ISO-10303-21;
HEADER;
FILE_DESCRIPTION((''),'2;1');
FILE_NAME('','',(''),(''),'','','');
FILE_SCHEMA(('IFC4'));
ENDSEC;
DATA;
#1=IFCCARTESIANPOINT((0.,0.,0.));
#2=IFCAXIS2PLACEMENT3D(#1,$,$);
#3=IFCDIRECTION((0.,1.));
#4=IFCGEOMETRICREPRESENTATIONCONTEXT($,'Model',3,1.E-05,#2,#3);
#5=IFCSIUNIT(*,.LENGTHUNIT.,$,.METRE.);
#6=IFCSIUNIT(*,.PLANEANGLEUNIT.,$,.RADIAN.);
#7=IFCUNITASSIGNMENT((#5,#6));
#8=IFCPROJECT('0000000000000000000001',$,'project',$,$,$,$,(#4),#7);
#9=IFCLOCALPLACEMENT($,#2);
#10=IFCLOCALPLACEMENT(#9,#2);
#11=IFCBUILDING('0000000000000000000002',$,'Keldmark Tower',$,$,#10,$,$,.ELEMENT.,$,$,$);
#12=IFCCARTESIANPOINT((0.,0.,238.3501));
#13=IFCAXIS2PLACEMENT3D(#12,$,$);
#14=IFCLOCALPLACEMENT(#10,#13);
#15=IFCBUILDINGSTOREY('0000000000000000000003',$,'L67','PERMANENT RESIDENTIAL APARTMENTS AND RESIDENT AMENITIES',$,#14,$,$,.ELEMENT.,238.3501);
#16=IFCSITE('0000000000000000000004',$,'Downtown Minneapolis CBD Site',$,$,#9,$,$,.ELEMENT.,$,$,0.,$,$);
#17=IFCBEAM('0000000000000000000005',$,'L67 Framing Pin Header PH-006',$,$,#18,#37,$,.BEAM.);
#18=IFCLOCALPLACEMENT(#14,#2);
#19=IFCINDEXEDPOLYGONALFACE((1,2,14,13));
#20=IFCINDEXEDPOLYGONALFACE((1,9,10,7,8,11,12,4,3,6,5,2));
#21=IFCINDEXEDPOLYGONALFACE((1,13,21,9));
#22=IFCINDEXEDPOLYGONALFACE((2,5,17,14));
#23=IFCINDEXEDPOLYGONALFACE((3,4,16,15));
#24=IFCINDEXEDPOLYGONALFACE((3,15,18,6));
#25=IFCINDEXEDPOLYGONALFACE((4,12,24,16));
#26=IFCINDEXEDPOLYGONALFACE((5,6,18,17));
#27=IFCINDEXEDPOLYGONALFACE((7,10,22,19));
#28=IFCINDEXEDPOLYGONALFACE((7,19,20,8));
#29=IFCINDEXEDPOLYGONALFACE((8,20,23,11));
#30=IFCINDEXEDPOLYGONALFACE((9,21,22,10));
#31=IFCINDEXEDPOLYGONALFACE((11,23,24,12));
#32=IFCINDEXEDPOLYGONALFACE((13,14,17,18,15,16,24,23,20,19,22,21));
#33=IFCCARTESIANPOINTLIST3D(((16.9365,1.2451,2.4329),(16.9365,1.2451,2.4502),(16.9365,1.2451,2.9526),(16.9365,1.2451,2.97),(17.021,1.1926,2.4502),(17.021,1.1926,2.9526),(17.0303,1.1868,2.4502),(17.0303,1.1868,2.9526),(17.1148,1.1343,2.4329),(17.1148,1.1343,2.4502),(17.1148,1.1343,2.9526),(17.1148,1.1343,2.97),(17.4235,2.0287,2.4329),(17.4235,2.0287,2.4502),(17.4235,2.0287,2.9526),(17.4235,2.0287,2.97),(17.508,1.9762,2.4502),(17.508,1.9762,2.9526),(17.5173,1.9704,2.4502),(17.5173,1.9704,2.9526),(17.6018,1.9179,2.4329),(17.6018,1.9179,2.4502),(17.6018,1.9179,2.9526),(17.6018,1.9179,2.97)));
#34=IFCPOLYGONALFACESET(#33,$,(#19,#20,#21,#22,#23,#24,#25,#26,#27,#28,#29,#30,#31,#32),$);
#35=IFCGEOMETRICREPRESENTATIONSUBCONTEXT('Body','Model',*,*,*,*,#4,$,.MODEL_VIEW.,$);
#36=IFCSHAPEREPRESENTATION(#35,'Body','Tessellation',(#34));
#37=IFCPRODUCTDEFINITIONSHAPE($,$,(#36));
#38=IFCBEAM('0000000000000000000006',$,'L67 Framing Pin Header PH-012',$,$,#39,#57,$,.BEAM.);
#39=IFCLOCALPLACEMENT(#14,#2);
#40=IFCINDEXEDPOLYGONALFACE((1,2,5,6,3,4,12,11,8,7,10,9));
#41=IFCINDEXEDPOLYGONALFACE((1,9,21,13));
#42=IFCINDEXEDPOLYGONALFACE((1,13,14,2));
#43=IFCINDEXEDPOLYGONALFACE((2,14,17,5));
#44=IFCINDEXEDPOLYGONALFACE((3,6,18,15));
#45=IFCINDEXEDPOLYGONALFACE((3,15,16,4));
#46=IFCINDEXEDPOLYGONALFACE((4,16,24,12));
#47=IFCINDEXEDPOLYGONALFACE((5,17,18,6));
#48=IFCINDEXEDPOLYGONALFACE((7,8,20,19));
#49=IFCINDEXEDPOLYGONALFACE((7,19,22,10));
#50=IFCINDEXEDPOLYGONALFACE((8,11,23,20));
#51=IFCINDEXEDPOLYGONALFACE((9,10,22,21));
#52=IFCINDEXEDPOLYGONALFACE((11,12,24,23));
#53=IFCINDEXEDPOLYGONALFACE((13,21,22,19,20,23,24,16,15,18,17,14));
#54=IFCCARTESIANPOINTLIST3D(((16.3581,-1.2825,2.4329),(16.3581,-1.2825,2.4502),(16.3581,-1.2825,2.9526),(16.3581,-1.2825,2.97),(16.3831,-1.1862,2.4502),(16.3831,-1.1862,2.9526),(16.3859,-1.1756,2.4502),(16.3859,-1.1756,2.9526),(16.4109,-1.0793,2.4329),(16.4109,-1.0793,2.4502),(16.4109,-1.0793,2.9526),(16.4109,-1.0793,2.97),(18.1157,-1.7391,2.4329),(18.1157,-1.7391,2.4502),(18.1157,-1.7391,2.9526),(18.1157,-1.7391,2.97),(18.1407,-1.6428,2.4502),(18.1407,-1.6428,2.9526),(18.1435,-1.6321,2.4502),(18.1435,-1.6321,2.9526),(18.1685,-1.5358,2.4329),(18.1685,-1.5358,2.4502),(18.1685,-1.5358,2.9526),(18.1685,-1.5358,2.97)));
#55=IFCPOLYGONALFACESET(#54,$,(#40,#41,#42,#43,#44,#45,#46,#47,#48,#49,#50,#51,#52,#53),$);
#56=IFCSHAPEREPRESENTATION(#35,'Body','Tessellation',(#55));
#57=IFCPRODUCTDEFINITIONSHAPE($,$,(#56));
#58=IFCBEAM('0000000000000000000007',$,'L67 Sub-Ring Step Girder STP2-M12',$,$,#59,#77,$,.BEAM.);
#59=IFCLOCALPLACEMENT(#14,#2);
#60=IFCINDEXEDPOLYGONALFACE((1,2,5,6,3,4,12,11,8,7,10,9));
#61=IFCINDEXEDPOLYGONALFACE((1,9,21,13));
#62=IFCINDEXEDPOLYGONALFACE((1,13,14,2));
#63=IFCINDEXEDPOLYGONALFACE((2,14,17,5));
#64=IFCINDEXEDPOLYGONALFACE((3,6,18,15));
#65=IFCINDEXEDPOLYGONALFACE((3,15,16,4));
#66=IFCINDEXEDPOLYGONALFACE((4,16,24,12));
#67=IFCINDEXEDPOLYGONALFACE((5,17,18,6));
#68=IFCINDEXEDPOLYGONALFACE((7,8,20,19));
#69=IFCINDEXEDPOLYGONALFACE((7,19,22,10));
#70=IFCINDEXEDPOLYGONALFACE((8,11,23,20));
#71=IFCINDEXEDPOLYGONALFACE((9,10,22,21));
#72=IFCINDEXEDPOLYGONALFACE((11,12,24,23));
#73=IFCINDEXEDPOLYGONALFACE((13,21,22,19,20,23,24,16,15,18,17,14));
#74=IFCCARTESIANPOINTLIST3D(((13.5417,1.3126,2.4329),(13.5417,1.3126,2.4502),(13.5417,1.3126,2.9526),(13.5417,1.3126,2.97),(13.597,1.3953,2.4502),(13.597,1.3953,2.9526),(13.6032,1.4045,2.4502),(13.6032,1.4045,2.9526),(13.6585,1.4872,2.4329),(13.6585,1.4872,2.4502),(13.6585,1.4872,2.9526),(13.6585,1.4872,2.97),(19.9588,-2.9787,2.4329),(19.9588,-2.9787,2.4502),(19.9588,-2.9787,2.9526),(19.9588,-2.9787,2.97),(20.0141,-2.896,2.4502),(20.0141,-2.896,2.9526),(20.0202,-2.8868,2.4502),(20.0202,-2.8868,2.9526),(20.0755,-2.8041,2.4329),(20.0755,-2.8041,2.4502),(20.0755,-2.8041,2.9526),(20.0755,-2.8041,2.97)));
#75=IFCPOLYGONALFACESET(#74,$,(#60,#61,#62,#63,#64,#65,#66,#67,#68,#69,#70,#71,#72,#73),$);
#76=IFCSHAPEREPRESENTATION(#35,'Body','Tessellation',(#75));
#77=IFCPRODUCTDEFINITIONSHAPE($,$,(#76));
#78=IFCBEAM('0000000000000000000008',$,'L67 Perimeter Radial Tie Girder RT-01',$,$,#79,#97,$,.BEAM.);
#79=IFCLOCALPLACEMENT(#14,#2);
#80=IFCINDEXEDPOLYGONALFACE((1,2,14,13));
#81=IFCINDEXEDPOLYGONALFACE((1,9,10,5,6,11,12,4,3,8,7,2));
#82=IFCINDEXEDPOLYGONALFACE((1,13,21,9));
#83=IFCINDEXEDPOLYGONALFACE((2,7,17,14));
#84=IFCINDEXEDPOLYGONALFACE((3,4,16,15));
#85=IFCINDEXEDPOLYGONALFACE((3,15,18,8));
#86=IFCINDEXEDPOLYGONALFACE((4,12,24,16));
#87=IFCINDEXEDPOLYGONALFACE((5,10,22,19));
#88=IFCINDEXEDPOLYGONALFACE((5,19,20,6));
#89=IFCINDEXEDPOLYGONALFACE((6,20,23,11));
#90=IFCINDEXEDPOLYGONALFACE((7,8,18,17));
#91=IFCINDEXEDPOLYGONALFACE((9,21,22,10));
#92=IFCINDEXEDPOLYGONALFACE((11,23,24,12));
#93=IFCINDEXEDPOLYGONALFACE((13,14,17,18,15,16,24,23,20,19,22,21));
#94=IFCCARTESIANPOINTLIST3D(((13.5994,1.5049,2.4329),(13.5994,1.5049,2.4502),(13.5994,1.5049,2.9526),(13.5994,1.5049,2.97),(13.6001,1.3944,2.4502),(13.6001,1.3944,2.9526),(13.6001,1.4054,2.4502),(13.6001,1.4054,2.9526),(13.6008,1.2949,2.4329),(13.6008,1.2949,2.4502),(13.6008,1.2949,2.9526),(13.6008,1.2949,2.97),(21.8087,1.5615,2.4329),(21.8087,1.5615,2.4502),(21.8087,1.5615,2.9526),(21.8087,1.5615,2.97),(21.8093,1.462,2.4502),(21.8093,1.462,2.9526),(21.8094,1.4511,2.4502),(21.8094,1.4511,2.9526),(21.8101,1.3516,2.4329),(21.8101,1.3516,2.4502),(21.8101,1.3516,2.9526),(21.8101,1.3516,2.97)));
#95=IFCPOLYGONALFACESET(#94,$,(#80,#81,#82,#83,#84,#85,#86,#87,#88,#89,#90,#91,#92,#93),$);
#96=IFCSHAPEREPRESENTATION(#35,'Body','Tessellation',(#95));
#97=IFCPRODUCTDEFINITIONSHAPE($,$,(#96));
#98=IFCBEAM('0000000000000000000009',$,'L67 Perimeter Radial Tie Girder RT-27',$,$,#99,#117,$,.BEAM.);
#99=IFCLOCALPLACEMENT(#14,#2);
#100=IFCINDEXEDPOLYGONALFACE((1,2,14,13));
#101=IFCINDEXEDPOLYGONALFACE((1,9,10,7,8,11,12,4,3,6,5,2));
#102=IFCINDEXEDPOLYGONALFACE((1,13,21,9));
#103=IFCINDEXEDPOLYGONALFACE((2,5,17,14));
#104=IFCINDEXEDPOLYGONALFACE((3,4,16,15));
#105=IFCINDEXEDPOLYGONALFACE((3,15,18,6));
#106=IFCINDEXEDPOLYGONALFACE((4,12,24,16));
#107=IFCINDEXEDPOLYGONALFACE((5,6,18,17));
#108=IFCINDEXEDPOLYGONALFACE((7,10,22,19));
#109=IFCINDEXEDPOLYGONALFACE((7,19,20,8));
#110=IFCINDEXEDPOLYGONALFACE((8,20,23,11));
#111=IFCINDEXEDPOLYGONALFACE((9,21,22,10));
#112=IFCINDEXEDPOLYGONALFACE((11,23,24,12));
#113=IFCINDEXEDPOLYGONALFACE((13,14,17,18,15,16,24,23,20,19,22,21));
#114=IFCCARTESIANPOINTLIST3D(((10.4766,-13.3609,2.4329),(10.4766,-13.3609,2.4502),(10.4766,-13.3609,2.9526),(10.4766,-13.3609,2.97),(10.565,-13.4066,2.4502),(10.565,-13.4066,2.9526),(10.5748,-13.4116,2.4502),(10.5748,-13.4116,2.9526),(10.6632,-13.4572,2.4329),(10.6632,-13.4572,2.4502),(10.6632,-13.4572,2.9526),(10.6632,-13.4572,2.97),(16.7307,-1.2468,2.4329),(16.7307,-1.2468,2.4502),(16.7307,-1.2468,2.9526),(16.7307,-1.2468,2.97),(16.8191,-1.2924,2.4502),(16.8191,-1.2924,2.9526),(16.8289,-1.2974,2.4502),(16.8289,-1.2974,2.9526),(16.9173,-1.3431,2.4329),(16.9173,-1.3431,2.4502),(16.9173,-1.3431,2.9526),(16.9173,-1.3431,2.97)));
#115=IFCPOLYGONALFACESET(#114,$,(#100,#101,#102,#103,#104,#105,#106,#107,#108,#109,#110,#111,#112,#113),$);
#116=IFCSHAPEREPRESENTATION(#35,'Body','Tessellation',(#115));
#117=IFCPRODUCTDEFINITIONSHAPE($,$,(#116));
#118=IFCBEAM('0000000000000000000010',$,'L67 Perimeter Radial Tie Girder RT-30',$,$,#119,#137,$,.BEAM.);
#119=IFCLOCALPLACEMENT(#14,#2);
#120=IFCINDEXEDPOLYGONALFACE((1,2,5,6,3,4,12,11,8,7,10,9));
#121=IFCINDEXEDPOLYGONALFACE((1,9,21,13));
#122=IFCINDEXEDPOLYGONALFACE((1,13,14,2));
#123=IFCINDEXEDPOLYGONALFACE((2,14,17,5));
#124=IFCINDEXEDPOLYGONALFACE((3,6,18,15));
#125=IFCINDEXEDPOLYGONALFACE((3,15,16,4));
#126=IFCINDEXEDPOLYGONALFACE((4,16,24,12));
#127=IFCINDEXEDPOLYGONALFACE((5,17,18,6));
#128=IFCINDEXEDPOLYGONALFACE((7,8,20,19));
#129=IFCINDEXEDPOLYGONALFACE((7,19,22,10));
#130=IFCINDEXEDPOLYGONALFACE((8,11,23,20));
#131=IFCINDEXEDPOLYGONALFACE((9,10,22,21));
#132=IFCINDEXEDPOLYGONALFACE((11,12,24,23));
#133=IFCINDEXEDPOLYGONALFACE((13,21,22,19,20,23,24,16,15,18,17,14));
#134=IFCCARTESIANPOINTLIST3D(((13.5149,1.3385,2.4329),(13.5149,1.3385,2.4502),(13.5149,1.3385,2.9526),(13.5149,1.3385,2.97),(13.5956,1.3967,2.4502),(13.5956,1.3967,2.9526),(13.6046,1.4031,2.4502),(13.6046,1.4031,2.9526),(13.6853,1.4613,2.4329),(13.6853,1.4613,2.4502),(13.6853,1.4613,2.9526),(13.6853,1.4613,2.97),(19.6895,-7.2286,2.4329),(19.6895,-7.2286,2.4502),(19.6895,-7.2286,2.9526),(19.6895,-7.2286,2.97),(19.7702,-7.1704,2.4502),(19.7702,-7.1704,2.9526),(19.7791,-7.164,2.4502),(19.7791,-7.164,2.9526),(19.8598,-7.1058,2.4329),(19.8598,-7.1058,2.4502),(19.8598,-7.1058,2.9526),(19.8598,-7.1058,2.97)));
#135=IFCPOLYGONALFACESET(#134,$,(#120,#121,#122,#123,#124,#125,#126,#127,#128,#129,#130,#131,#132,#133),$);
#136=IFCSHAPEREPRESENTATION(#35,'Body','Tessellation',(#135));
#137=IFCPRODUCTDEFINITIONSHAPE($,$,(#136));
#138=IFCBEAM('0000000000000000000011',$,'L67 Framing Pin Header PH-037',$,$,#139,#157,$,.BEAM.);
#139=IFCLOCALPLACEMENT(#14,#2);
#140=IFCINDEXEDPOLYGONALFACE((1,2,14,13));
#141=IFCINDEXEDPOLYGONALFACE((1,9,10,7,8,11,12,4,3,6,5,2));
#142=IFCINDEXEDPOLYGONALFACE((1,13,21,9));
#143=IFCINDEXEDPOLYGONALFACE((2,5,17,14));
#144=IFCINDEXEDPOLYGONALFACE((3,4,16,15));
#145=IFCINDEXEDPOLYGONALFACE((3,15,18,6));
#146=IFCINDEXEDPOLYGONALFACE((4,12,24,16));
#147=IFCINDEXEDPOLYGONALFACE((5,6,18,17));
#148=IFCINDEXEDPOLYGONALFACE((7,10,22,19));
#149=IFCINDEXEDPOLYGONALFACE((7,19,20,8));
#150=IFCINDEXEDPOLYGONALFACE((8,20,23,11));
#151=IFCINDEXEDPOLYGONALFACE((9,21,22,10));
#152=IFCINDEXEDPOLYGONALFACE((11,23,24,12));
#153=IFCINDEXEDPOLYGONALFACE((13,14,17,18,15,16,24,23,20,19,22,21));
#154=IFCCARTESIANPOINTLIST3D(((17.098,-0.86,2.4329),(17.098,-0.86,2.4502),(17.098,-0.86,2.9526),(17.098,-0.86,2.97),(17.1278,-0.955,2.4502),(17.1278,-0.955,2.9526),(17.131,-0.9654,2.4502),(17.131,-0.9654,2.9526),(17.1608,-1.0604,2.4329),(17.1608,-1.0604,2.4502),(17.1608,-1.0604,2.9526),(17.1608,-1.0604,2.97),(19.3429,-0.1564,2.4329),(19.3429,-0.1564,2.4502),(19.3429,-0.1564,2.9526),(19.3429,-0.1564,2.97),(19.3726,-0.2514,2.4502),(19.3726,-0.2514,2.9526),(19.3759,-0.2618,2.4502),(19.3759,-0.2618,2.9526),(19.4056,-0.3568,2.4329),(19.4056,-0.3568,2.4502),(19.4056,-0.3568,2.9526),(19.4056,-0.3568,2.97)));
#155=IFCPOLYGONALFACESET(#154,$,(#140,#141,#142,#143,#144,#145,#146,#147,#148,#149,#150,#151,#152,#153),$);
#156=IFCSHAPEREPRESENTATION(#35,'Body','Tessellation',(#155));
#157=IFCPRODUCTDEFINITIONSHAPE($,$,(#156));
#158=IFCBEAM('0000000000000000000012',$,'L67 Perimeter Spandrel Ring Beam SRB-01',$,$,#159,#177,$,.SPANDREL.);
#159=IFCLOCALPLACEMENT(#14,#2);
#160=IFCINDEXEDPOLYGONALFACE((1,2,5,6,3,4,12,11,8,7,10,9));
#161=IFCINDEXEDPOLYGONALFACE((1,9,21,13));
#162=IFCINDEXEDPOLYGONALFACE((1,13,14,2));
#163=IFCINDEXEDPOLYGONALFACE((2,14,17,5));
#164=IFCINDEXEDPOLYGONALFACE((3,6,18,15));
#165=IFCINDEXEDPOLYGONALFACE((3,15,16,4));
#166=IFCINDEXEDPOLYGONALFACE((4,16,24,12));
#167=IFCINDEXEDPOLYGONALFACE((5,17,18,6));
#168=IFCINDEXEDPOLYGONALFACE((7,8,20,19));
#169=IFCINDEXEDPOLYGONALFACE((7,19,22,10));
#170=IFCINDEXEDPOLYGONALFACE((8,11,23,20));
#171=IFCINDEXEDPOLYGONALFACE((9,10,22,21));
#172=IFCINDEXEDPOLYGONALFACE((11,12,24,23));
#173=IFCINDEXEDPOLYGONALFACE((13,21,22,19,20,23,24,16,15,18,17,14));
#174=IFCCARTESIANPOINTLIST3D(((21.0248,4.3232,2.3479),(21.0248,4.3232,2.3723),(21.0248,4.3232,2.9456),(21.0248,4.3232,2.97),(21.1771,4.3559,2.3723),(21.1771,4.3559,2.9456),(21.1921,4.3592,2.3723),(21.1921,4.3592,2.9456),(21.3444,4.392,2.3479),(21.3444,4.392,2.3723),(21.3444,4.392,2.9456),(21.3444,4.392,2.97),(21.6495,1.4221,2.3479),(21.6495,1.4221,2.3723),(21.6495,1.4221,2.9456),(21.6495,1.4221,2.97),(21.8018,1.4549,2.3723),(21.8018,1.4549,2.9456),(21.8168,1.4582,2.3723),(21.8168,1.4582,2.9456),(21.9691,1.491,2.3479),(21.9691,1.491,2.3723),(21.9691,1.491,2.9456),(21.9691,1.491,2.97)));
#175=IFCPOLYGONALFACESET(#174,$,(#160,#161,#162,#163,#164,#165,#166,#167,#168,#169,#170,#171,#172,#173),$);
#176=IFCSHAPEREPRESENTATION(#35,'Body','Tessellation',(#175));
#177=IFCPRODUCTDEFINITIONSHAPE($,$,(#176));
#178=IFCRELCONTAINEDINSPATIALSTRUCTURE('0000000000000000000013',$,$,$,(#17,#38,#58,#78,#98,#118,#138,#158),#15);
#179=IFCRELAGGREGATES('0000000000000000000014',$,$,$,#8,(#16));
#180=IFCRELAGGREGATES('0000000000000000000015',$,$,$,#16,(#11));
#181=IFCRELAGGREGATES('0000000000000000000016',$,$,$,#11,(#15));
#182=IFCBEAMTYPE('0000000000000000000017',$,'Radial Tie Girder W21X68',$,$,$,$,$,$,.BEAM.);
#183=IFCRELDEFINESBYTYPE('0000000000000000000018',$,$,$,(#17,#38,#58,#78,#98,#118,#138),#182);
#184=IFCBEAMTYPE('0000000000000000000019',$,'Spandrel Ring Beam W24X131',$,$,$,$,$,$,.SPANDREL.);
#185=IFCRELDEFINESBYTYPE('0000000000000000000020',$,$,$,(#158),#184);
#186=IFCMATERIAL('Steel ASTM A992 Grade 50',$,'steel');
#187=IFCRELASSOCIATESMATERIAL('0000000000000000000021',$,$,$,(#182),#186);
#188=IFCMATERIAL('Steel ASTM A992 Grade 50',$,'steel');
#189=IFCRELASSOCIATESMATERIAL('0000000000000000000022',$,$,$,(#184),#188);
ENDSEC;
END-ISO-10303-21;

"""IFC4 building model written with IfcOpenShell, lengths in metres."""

from ifc_helpers import new_model, si_unit, direction, frame, origin, origin_2d, place, context, subcontext, project, spatial, i_section, extrude, material, material_profile, profile_set, type_object, element, save


model = new_model("IFC4")

# Units and contexts
model_context = context("Model", 3, precision=1e-05, world=origin(), true_north=direction((0.0, 1.0)))
body_context = subcontext(model_context, "Body", "Model", "MODEL_VIEW")
ifc_project = project(units=[si_unit("LENGTHUNIT", "METRE"), si_unit("PLANEANGLEUNIT", "RADIAN")], contexts=[model_context])

# Site, building, storey
site_placement = place(None, origin())
site = spatial("IfcSite", under=ifc_project, at=site_placement, Name="Downtown Minneapolis CBD Site", CompositionType="ELEMENT", RefElevation=0.0)
building_placement = place(site_placement, origin())
building = spatial("IfcBuilding", under=site, at=building_placement, Name="Keldmark Tower", CompositionType="ELEMENT")
storey_placement = place(building_placement, frame((0.0, 0.0, 238.3501)))
storey = spatial("IfcBuildingStorey", under=building, at=storey_placement, Name="L67", Description="PERMANENT RESIDENTIAL APARTMENTS AND RESIDENT AMENITIES", CompositionType="ELEMENT", Elevation=238.3501)

# Beams
ifc_material_1 = material(Name="Steel ASTM A992 Grade 50", Category="steel")
ifc_material_profile_1 = material_profile(ifc_material_1, i_section(OverallWidth=0.21, OverallDepth=0.5371, WebThickness=0.011, FlangeThickness=0.0173, at=origin_2d()), Name="W21X68")
ifc_profile_set_1 = profile_set([ifc_material_profile_1], Name="Steel ASTM A992 Grade 50")
beam_type_1 = type_object("IfcBeamType", Name="Radial Tie Girder W21X68", PredefinedType="BEAM", material=ifc_profile_set_1)
beam_1_placement = place(storey_placement, frame((17.0256, 1.1897, 2.7014), z_axis=(0.527857, 0.849333, 0.0), x_axis=(-0.849333, 0.527857, 0.0)))
element("IfcBeam", 1, at=beam_1_placement, inside=storey, type_object=beam_type_1, Name="L67 Framing Pin Header PH-006", PredefinedType="BEAM", context=body_context, shape_type="SweptSolid", body=[
    extrude(i_section(OverallWidth=0.21, OverallDepth=0.5371, WebThickness=0.011, FlangeThickness=0.0173, at=origin_2d()), origin(), (0.0, 0.0, 1.0), 0.9226),
])
beam_2_placement = place(storey_placement, frame((16.3845, -1.1809, 2.7014), z_axis=(0.967879, -0.251415, 0.0), x_axis=(0.251415, 0.967879, 0.0)))
element("IfcBeam", 2, at=beam_2_placement, inside=storey, type_object=beam_type_1, Name="L67 Framing Pin Header PH-012", PredefinedType="BEAM", context=body_context, shape_type="SweptSolid", body=[
    extrude(i_section(OverallWidth=0.21, OverallDepth=0.5371, WebThickness=0.011, FlangeThickness=0.0173, at=origin_2d()), origin(), (0.0, 0.0, 1.0), 1.8159),
])
beam_3_placement = place(storey_placement, frame((13.6001, 1.3999, 2.7014), z_axis=(0.831256, -0.555889, 0.0), x_axis=(0.555889, 0.831256, 0.0)))
element("IfcBeam", 3, at=beam_3_placement, inside=storey, type_object=beam_type_1, Name="L67 Sub-Ring Step Girder STP2-M12", PredefinedType="BEAM", context=body_context, shape_type="SweptSolid", body=[
    extrude(i_section(OverallWidth=0.21, OverallDepth=0.5371, WebThickness=0.011, FlangeThickness=0.0173, at=origin_2d()), origin(), (0.0, 0.0, 1.0), 7.7197),
])
beam_4_placement = place(storey_placement, frame((13.6001, 1.3999, 2.7014), z_axis=(0.999976, 0.006899, 0.0), x_axis=(-0.006899, 0.999976, 0.0)))
element("IfcBeam", 4, at=beam_4_placement, inside=storey, type_object=beam_type_1, Name="L67 Perimeter Radial Tie Girder RT-01", PredefinedType="BEAM", context=body_context, shape_type="SweptSolid", body=[
    extrude(i_section(OverallWidth=0.21, OverallDepth=0.5371, WebThickness=0.011, FlangeThickness=0.0173, at=origin_2d()), origin(), (0.0, 0.0, 1.0), 8.2095),
])
beam_5_placement = place(storey_placement, frame((16.824, -1.2949, 2.7014), z_axis=(-0.458737, -0.888572, 0.0), x_axis=(0.888572, -0.458737, 0.0)))
element("IfcBeam", 5, at=beam_5_placement, inside=storey, type_object=beam_type_1, Name="L67 Perimeter Radial Tie Girder RT-27", PredefinedType="BEAM", context=body_context, shape_type="SweptSolid", body=[
    extrude(i_section(OverallWidth=0.21, OverallDepth=0.5371, WebThickness=0.011, FlangeThickness=0.0173, at=origin_2d()), origin(), (0.0, 0.0, 1.0), 13.6333),
])
beam_6_placement = place(storey_placement, frame((13.6001, 1.3999, 2.7014), z_axis=(0.584693, -0.811255, 0.0), x_axis=(0.811255, 0.584693, 0.0)))
element("IfcBeam", 6, at=beam_6_placement, inside=storey, type_object=beam_type_1, Name="L67 Perimeter Radial Tie Girder RT-30", PredefinedType="BEAM", context=body_context, shape_type="SweptSolid", body=[
    extrude(i_section(OverallWidth=0.21, OverallDepth=0.5371, WebThickness=0.011, FlangeThickness=0.0173, at=origin_2d()), origin(), (0.0, 0.0, 1.0), 10.5603),
])
beam_7_placement = place(storey_placement, frame((17.1294, -0.9602, 2.7014), z_axis=(0.954227, 0.299084, 0.0), x_axis=(-0.299084, 0.954227, 0.0)))
element("IfcBeam", 7, at=beam_7_placement, inside=storey, type_object=beam_type_1, Name="L67 Framing Pin Header PH-037", PredefinedType="BEAM", context=body_context, shape_type="SweptSolid", body=[
    extrude(i_section(OverallWidth=0.21, OverallDepth=0.5371, WebThickness=0.011, FlangeThickness=0.0173, at=origin_2d()), origin(), (0.0, 0.0, 1.0), 2.3525),
])
ifc_material_2 = material(Name="Steel ASTM A992 Grade 50", Category="steel")
ifc_material_profile_2 = material_profile(ifc_material_2, i_section(OverallWidth=0.3269, OverallDepth=0.6221, WebThickness=0.0154, FlangeThickness=0.0244, at=origin_2d()), Name="W24X131")
ifc_profile_set_2 = profile_set([ifc_material_profile_2], Name="Steel ASTM A992 Grade 50")
beam_type_2 = type_object("IfcBeamType", Name="Spandrel Ring Beam W24X131", PredefinedType="SPANDREL", material=ifc_profile_set_2)
beam_8_placement = place(storey_placement, frame((21.8093, 1.4565, 2.6589), z_axis=(-0.210523, 0.977589, 0.0), x_axis=(-0.977589, -0.210523, 0.0)))
element("IfcBeam", 8, at=beam_8_placement, inside=storey, type_object=beam_type_2, Name="L67 Perimeter Spandrel Ring Beam SRB-01", PredefinedType="SPANDREL", context=body_context, shape_type="SweptSolid", body=[
    extrude(i_section(OverallWidth=0.3269, OverallDepth=0.6221, WebThickness=0.0154, FlangeThickness=0.0244, at=origin_2d()), origin(), (0.0, 0.0, 1.0), 2.9675),
])

save(model, "model.ifc")
